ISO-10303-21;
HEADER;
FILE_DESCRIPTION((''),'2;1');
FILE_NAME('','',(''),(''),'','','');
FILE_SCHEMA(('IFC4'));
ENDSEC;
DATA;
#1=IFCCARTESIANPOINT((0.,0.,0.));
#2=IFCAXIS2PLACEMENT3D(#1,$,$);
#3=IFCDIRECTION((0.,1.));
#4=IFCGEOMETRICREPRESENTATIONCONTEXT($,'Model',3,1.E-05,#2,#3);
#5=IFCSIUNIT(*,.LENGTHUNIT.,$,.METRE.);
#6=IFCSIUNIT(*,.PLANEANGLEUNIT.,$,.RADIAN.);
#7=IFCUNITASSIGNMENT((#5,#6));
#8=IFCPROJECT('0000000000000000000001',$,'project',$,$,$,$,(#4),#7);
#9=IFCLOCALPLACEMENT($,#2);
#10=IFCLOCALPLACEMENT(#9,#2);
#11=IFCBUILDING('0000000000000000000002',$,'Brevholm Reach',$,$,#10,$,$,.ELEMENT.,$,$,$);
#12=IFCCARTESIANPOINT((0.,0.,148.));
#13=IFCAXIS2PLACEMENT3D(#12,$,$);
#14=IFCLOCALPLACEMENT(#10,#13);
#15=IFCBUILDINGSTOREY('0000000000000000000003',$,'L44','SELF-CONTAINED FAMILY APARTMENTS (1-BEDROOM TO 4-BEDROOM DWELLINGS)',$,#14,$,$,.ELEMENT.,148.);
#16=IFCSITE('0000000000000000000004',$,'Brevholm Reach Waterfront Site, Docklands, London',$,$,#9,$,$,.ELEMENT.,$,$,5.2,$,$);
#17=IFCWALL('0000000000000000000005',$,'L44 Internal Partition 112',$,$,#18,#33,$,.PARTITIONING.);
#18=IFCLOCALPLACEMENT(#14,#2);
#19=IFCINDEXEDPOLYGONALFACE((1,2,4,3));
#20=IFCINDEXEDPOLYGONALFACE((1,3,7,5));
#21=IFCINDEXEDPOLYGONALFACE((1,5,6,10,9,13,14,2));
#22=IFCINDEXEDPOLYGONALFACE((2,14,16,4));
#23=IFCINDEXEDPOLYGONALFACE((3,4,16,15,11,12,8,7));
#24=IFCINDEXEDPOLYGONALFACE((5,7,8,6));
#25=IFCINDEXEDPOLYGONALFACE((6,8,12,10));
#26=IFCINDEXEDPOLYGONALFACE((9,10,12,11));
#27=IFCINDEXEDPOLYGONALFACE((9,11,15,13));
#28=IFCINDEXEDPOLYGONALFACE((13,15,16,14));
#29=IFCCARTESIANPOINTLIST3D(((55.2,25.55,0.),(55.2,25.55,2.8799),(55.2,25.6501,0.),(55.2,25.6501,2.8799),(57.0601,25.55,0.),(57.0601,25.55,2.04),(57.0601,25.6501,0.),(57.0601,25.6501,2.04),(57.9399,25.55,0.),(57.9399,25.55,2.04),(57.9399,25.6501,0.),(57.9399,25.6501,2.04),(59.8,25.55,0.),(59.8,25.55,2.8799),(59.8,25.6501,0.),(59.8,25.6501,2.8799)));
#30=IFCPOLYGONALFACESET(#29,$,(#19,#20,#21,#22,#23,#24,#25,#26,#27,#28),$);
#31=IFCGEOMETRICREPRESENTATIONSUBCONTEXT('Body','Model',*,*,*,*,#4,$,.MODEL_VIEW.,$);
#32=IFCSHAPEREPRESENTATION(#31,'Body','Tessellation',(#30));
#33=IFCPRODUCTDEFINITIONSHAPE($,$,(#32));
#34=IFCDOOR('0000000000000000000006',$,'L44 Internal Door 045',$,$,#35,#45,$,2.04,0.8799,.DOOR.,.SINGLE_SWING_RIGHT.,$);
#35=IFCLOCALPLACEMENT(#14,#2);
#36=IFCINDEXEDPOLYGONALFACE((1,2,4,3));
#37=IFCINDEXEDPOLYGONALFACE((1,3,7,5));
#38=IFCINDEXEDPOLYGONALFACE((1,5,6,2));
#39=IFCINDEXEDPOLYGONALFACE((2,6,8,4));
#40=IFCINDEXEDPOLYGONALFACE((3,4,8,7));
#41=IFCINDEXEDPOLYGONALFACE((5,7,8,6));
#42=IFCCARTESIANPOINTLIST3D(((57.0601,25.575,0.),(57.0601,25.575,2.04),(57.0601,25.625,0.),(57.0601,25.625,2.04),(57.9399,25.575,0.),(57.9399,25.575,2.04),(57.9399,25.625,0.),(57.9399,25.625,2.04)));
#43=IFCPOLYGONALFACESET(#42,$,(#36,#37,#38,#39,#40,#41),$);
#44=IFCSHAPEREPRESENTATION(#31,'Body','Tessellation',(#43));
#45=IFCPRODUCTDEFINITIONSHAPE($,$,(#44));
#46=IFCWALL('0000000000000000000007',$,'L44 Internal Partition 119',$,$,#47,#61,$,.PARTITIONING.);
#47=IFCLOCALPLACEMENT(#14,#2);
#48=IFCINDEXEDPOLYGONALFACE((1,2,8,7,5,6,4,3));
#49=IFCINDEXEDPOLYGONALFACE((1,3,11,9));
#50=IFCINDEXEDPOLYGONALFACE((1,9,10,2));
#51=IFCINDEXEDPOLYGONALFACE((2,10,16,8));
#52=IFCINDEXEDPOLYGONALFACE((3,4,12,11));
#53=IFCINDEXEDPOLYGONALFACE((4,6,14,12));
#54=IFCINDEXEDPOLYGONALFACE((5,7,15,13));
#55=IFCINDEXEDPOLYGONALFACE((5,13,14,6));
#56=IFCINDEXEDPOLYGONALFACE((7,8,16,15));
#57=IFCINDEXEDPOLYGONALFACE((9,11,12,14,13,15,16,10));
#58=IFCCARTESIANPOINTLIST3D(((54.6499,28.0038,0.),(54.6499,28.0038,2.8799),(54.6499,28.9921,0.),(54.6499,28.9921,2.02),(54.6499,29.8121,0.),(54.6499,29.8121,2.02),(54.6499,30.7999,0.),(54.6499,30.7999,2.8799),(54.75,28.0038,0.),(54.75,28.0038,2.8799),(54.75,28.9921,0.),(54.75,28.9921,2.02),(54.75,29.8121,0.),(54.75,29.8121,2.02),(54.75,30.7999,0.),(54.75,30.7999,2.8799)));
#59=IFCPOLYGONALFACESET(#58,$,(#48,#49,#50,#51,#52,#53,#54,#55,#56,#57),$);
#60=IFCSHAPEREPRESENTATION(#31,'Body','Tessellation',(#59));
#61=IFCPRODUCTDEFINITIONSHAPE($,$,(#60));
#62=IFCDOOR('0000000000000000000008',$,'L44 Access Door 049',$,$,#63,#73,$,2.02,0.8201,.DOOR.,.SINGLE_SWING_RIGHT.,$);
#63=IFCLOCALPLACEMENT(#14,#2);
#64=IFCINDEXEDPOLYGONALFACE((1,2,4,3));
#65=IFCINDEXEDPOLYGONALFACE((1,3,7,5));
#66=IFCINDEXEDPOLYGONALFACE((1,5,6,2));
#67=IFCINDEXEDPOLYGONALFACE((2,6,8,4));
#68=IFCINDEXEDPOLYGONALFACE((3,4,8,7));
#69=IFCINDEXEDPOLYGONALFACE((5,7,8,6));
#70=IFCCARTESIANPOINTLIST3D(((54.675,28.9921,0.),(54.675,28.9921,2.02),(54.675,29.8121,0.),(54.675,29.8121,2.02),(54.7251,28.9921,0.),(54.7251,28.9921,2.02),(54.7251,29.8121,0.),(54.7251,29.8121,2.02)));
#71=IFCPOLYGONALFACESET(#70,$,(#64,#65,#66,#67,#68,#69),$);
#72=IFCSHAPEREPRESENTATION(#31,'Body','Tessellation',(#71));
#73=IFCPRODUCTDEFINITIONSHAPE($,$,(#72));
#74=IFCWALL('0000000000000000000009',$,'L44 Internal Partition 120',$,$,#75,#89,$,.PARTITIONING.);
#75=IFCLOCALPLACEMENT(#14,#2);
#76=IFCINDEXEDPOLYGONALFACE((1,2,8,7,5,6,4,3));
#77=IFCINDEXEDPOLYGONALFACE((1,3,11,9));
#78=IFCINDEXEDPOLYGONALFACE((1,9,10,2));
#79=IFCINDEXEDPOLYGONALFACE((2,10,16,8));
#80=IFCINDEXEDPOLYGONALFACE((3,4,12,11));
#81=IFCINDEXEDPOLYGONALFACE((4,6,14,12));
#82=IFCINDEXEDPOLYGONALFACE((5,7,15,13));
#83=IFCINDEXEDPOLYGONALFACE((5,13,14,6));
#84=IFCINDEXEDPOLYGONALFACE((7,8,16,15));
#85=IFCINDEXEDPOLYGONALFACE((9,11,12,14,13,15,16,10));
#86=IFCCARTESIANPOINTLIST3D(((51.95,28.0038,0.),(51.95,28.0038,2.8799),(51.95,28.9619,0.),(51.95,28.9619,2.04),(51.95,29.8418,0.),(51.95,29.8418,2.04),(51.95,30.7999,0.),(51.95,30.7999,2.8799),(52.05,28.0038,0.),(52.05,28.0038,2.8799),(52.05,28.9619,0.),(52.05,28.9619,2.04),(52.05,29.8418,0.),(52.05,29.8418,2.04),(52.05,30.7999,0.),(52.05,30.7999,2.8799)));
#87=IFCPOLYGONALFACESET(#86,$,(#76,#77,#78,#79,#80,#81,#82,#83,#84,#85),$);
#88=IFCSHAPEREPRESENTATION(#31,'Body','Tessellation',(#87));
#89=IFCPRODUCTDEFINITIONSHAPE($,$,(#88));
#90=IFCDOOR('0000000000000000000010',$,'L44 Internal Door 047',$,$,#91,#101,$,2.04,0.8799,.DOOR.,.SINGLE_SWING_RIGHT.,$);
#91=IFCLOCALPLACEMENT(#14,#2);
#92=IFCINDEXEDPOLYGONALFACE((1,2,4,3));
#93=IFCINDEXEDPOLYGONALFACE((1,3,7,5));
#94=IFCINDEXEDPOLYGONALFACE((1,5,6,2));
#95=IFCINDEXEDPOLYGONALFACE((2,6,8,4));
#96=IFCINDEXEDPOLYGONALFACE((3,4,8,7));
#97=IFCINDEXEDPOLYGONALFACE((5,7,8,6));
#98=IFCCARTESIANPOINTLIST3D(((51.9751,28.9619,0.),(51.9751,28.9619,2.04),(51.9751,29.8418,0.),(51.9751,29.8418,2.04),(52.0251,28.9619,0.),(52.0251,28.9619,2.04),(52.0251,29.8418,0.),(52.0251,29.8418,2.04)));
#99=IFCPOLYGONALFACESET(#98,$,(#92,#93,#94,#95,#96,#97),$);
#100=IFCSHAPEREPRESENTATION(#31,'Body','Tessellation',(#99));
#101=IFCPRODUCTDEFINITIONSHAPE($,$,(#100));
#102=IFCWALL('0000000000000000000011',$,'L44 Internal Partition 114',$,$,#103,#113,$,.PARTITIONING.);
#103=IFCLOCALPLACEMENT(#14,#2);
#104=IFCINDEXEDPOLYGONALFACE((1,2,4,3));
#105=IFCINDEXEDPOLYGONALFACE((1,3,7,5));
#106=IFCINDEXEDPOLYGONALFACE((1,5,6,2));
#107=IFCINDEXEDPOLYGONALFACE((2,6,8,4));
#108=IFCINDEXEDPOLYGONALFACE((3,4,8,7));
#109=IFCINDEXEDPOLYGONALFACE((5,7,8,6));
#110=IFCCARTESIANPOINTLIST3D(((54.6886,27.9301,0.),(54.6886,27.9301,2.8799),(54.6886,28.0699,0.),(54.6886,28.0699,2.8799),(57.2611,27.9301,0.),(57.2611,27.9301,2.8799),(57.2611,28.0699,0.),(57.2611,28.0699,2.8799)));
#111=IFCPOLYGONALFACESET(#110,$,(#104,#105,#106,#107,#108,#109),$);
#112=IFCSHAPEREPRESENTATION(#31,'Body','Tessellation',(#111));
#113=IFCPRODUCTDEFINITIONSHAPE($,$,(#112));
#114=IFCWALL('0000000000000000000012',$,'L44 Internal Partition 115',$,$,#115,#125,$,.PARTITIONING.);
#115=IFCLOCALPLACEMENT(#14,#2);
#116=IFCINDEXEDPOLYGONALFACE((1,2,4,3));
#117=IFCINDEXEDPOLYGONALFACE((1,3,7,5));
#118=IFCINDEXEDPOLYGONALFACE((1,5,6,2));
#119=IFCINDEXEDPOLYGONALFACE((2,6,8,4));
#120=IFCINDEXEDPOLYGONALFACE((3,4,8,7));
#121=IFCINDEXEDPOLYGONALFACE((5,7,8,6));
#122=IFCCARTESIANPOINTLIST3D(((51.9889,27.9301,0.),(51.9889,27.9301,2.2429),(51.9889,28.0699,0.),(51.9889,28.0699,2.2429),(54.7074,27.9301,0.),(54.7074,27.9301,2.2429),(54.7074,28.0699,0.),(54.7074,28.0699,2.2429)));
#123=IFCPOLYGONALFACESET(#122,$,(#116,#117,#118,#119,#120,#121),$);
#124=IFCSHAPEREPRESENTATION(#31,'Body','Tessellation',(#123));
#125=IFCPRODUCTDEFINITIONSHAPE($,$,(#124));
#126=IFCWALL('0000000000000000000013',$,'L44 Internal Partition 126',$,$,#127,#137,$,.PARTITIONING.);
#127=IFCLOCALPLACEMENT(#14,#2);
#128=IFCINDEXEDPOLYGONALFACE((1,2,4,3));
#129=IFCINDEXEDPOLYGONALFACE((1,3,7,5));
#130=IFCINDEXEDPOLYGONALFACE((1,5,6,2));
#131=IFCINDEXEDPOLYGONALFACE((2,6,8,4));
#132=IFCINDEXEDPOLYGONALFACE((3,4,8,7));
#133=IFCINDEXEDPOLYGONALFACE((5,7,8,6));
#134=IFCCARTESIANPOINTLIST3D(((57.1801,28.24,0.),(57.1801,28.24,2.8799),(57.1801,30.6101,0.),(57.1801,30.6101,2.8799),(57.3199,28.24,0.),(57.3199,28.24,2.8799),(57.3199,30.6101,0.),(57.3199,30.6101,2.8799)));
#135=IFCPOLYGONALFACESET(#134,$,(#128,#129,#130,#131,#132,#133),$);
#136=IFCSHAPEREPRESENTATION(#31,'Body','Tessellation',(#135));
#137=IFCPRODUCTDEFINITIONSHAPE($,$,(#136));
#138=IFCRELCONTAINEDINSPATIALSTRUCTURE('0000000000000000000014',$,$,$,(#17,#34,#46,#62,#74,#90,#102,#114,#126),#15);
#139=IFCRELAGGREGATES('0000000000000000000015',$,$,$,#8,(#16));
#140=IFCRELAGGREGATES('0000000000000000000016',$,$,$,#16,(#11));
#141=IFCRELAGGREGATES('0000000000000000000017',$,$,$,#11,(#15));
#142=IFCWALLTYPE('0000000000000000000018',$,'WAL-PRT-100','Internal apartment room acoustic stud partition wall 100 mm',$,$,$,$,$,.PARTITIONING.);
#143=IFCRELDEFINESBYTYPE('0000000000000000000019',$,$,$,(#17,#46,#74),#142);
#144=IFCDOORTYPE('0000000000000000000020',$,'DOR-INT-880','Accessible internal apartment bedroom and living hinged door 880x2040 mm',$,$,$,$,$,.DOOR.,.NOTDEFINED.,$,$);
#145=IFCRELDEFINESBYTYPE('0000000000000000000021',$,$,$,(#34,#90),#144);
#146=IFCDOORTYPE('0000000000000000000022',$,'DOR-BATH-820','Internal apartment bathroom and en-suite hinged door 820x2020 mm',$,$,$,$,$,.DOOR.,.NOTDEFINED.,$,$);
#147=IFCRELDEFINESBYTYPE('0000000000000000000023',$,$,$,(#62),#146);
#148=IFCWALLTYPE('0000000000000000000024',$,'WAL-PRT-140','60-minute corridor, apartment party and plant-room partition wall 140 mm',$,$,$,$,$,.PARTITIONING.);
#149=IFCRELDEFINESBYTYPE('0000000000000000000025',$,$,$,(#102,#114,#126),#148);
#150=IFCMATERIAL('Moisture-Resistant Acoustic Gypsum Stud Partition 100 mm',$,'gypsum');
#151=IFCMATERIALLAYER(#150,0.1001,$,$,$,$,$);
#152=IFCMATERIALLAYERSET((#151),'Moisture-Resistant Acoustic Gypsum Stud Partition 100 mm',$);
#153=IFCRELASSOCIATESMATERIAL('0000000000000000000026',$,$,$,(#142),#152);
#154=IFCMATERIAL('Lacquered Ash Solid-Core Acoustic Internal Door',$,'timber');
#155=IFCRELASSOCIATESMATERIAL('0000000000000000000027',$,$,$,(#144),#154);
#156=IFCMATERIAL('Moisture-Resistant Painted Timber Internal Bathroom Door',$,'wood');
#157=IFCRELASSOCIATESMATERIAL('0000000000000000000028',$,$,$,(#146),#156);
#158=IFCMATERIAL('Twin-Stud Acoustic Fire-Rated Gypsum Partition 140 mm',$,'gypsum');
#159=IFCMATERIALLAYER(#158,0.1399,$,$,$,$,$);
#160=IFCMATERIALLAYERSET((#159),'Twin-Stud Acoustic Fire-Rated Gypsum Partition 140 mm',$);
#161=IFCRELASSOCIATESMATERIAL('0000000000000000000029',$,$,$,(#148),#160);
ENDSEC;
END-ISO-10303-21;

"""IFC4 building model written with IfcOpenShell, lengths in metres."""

from ifc_helpers import new_model, si_unit, direction, frame, frame_2d, origin, place, context, subcontext, project, spatial, rectangle, extrude, material, layer, layer_set, type_object, element, fill, save


model = new_model("IFC4")

# Units and contexts
model_context = context("Model", 3, precision=1e-05, world=origin(), true_north=direction((0.0, 1.0)))
body_context = subcontext(model_context, "Body", "Model", "MODEL_VIEW")
ifc_project = project(units=[si_unit("LENGTHUNIT", "METRE"), si_unit("PLANEANGLEUNIT", "RADIAN")], contexts=[model_context])

# Site, building, storey
site_placement = place(None, origin())
site = spatial("IfcSite", under=ifc_project, at=site_placement, Name="Brevholm Reach Waterfront Site, Docklands, London", CompositionType="ELEMENT", RefElevation=5.2)
building_placement = place(site_placement, origin())
building = spatial("IfcBuilding", under=site, at=building_placement, Name="Brevholm Reach", CompositionType="ELEMENT")
storey_placement = place(building_placement, frame((0.0, 0.0, 148.0)))
storey = spatial("IfcBuildingStorey", under=building, at=storey_placement, Name="L44", Description="SELF-CONTAINED FAMILY APARTMENTS (1-BEDROOM TO 4-BEDROOM DWELLINGS)", CompositionType="ELEMENT", Elevation=148.0)

# Walls, openings, doors
ifc_material_1 = material(Name="Moisture-Resistant Acoustic Gypsum Stud Partition 100 mm", Category="gypsum")
ifc_layer_1 = layer(ifc_material_1, 0.1001)
ifc_layer_set_1 = layer_set([ifc_layer_1], Name="Moisture-Resistant Acoustic Gypsum Stud Partition 100 mm")
wall_type_1 = type_object("IfcWallType", Name="WAL-PRT-100", Description="Internal apartment room acoustic stud partition wall 100 mm", PredefinedType="PARTITIONING", material=ifc_layer_set_1)
wall_1_placement = place(storey_placement, frame((55.2, 25.6001, 0.0), z_axis=(0.0, 0.0, 1.0), x_axis=(1.0, 0.0, 0.0)))
wall_1 = element("IfcWall", 1, at=wall_1_placement, inside=storey, type_object=wall_type_1, Name="L44 Internal Partition 112", PredefinedType="PARTITIONING", context=body_context, shape_type="SweptSolid", body=[
    extrude(rectangle(XDim=4.6001, YDim=0.1001, at=frame_2d((2.3, 0.0))), origin(), (0.0, 0.0, 1.0), 2.8799),
])
opening_1_placement = place(wall_1_placement, frame((1.8601, 0.0, 0.0)))
opening_1 = element("IfcOpeningElement", 2, at=opening_1_placement, cuts=wall_1, PredefinedType="OPENING", context=body_context, shape_type="SweptSolid", body=[
    extrude(rectangle(XDim=0.8799, YDim=2.04, at=frame_2d((0.4399, 1.02))), frame((0.0, 0.0601, 0.0), z_axis=(0.0, -1.0, 0.0), x_axis=(1.0, 0.0, 0.0)), (0.0, 0.0, 1.0), 0.1201),
])
ifc_material_2 = material(Name="Lacquered Ash Solid-Core Acoustic Internal Door", Category="timber")
door_type_1 = type_object("IfcDoorType", Name="DOR-INT-880", Description="Accessible internal apartment bedroom and living hinged door 880x2040 mm", OperationType="NOTDEFINED", PredefinedType="DOOR", material=ifc_material_2)
door_1_placement = place(opening_1_placement, origin())
door_1 = element("IfcDoor", 3, at=door_1_placement, inside=storey, type_object=door_type_1, Name="L44 Internal Door 045", OperationType="SINGLE_SWING_RIGHT", OverallHeight=2.04, OverallWidth=0.8799, PredefinedType="DOOR", context=body_context, shape_type="SweptSolid", body=[
    extrude(rectangle(XDim=0.8799, YDim=2.04, at=frame_2d((0.4399, 1.02))), frame((0.0, 0.0249, 0.0), z_axis=(0.0, -1.0, 0.0), x_axis=(1.0, 0.0, 0.0)), (0.0, 0.0, 1.0), 0.05),
])
fill(opening_1, door_1)
wall_2_placement = place(storey_placement, frame((54.7, 28.0039, 0.0), z_axis=(0.0, 0.0, 1.0), x_axis=(0.0, 1.0, 0.0)))
wall_2 = element("IfcWall", 4, at=wall_2_placement, inside=storey, type_object=wall_type_1, Name="L44 Internal Partition 119", PredefinedType="PARTITIONING", context=body_context, shape_type="SweptSolid", body=[
    extrude(rectangle(XDim=2.7961, YDim=0.1001, at=frame_2d((1.3979, 0.0))), origin(), (0.0, 0.0, 1.0), 2.8799),
])
opening_2_placement = place(wall_2_placement, frame((0.988, 0.0, 0.0)))
opening_2 = element("IfcOpeningElement", 5, at=opening_2_placement, cuts=wall_2, PredefinedType="OPENING", context=body_context, shape_type="SweptSolid", body=[
    extrude(rectangle(XDim=0.8201, YDim=2.02, at=frame_2d((0.4102, 1.01))), frame((0.0, 0.0601, 0.0), z_axis=(0.0, -1.0, 0.0), x_axis=(1.0, 0.0, 0.0)), (0.0, 0.0, 1.0), 0.1201),
])
ifc_material_3 = material(Name="Moisture-Resistant Painted Timber Internal Bathroom Door", Category="wood")
door_type_2 = type_object("IfcDoorType", Name="DOR-BATH-820", Description="Internal apartment bathroom and en-suite hinged door 820x2020 mm", OperationType="NOTDEFINED", PredefinedType="DOOR", material=ifc_material_3)
door_2_placement = place(opening_2_placement, origin())
door_2 = element("IfcDoor", 6, at=door_2_placement, inside=storey, type_object=door_type_2, Name="L44 Access Door 049", OperationType="SINGLE_SWING_RIGHT", OverallHeight=2.02, OverallWidth=0.8201, PredefinedType="DOOR", context=body_context, shape_type="SweptSolid", body=[
    extrude(rectangle(XDim=0.8201, YDim=2.02, at=frame_2d((0.4102, 1.01))), frame((0.0, 0.0249, 0.0), z_axis=(0.0, -1.0, 0.0), x_axis=(1.0, 0.0, 0.0)), (0.0, 0.0, 1.0), 0.05),
])
fill(opening_2, door_2)
wall_3_placement = place(storey_placement, frame((52.0, 28.0039, 0.0), z_axis=(0.0, 0.0, 1.0), x_axis=(0.0, 1.0, 0.0)))
wall_3 = element("IfcWall", 7, at=wall_3_placement, inside=storey, type_object=wall_type_1, Name="L44 Internal Partition 120", PredefinedType="PARTITIONING", context=body_context, shape_type="SweptSolid", body=[
    extrude(rectangle(XDim=2.7961, YDim=0.1001, at=frame_2d((1.3979, 0.0))), origin(), (0.0, 0.0, 1.0), 2.8799),
])
opening_3_placement = place(wall_3_placement, frame((0.958, 0.0, 0.0)))
opening_3 = element("IfcOpeningElement", 8, at=opening_3_placement, cuts=wall_3, PredefinedType="OPENING", context=body_context, shape_type="SweptSolid", body=[
    extrude(rectangle(XDim=0.8799, YDim=2.04, at=frame_2d((0.4399, 1.02))), frame((0.0, 0.0601, 0.0), z_axis=(0.0, -1.0, 0.0), x_axis=(1.0, 0.0, 0.0)), (0.0, 0.0, 1.0), 0.1201),
])
door_3_placement = place(opening_3_placement, origin())
door_3 = element("IfcDoor", 9, at=door_3_placement, inside=storey, type_object=door_type_1, Name="L44 Internal Door 047", OperationType="SINGLE_SWING_RIGHT", OverallHeight=2.04, OverallWidth=0.8799, PredefinedType="DOOR", context=body_context, shape_type="SweptSolid", body=[
    extrude(rectangle(XDim=0.8799, YDim=2.04, at=frame_2d((0.4399, 1.02))), frame((0.0, 0.0249, 0.0), z_axis=(0.0, -1.0, 0.0), x_axis=(1.0, 0.0, 0.0)), (0.0, 0.0, 1.0), 0.05),
])
fill(opening_3, door_3)

# Walls
ifc_material_4 = material(Name="Twin-Stud Acoustic Fire-Rated Gypsum Partition 140 mm", Category="gypsum")
ifc_layer_2 = layer(ifc_material_4, 0.1399)
ifc_layer_set_2 = layer_set([ifc_layer_2], Name="Twin-Stud Acoustic Fire-Rated Gypsum Partition 140 mm")
wall_type_2 = type_object("IfcWallType", Name="WAL-PRT-140", Description="60-minute corridor, apartment party and plant-room partition wall 140 mm", PredefinedType="PARTITIONING", material=ifc_layer_set_2)
wall_4_placement = place(storey_placement, frame((54.6887, 28.0, 0.0), z_axis=(0.0, 0.0, 1.0), x_axis=(1.0, 0.0, 0.0)))
element("IfcWall", 10, at=wall_4_placement, inside=storey, type_object=wall_type_2, Name="L44 Internal Partition 114", PredefinedType="PARTITIONING", context=body_context, shape_type="SweptSolid", body=[
    extrude(rectangle(XDim=2.5725, YDim=0.1399, at=frame_2d((1.2861, 0.0))), origin(), (0.0, 0.0, 1.0), 2.8799),
])
wall_5_placement = place(storey_placement, frame((51.9888, 28.0, 0.0), z_axis=(0.0, 0.0, 1.0), x_axis=(1.0, 0.0, 0.0)))
element("IfcWall", 11, at=wall_5_placement, inside=storey, type_object=wall_type_2, Name="L44 Internal Partition 115", PredefinedType="PARTITIONING", context=body_context, shape_type="SweptSolid", body=[
    extrude(rectangle(XDim=2.7185, YDim=0.1399, at=frame_2d((1.3594, 0.0))), origin(), (0.0, 0.0, 1.0), 2.2429),
])
wall_6_placement = place(storey_placement, frame((57.25, 28.24, 0.0), z_axis=(0.0, 0.0, 1.0), x_axis=(0.0, 1.0, 0.0)))
element("IfcWall", 12, at=wall_6_placement, inside=storey, type_object=wall_type_2, Name="L44 Internal Partition 126", PredefinedType="PARTITIONING", context=body_context, shape_type="SweptSolid", body=[
    extrude(rectangle(XDim=2.3701, YDim=0.1399, at=frame_2d((1.1851, 0.0))), origin(), (0.0, 0.0, 1.0), 2.8799),
])

save(model, "model.ifc")
